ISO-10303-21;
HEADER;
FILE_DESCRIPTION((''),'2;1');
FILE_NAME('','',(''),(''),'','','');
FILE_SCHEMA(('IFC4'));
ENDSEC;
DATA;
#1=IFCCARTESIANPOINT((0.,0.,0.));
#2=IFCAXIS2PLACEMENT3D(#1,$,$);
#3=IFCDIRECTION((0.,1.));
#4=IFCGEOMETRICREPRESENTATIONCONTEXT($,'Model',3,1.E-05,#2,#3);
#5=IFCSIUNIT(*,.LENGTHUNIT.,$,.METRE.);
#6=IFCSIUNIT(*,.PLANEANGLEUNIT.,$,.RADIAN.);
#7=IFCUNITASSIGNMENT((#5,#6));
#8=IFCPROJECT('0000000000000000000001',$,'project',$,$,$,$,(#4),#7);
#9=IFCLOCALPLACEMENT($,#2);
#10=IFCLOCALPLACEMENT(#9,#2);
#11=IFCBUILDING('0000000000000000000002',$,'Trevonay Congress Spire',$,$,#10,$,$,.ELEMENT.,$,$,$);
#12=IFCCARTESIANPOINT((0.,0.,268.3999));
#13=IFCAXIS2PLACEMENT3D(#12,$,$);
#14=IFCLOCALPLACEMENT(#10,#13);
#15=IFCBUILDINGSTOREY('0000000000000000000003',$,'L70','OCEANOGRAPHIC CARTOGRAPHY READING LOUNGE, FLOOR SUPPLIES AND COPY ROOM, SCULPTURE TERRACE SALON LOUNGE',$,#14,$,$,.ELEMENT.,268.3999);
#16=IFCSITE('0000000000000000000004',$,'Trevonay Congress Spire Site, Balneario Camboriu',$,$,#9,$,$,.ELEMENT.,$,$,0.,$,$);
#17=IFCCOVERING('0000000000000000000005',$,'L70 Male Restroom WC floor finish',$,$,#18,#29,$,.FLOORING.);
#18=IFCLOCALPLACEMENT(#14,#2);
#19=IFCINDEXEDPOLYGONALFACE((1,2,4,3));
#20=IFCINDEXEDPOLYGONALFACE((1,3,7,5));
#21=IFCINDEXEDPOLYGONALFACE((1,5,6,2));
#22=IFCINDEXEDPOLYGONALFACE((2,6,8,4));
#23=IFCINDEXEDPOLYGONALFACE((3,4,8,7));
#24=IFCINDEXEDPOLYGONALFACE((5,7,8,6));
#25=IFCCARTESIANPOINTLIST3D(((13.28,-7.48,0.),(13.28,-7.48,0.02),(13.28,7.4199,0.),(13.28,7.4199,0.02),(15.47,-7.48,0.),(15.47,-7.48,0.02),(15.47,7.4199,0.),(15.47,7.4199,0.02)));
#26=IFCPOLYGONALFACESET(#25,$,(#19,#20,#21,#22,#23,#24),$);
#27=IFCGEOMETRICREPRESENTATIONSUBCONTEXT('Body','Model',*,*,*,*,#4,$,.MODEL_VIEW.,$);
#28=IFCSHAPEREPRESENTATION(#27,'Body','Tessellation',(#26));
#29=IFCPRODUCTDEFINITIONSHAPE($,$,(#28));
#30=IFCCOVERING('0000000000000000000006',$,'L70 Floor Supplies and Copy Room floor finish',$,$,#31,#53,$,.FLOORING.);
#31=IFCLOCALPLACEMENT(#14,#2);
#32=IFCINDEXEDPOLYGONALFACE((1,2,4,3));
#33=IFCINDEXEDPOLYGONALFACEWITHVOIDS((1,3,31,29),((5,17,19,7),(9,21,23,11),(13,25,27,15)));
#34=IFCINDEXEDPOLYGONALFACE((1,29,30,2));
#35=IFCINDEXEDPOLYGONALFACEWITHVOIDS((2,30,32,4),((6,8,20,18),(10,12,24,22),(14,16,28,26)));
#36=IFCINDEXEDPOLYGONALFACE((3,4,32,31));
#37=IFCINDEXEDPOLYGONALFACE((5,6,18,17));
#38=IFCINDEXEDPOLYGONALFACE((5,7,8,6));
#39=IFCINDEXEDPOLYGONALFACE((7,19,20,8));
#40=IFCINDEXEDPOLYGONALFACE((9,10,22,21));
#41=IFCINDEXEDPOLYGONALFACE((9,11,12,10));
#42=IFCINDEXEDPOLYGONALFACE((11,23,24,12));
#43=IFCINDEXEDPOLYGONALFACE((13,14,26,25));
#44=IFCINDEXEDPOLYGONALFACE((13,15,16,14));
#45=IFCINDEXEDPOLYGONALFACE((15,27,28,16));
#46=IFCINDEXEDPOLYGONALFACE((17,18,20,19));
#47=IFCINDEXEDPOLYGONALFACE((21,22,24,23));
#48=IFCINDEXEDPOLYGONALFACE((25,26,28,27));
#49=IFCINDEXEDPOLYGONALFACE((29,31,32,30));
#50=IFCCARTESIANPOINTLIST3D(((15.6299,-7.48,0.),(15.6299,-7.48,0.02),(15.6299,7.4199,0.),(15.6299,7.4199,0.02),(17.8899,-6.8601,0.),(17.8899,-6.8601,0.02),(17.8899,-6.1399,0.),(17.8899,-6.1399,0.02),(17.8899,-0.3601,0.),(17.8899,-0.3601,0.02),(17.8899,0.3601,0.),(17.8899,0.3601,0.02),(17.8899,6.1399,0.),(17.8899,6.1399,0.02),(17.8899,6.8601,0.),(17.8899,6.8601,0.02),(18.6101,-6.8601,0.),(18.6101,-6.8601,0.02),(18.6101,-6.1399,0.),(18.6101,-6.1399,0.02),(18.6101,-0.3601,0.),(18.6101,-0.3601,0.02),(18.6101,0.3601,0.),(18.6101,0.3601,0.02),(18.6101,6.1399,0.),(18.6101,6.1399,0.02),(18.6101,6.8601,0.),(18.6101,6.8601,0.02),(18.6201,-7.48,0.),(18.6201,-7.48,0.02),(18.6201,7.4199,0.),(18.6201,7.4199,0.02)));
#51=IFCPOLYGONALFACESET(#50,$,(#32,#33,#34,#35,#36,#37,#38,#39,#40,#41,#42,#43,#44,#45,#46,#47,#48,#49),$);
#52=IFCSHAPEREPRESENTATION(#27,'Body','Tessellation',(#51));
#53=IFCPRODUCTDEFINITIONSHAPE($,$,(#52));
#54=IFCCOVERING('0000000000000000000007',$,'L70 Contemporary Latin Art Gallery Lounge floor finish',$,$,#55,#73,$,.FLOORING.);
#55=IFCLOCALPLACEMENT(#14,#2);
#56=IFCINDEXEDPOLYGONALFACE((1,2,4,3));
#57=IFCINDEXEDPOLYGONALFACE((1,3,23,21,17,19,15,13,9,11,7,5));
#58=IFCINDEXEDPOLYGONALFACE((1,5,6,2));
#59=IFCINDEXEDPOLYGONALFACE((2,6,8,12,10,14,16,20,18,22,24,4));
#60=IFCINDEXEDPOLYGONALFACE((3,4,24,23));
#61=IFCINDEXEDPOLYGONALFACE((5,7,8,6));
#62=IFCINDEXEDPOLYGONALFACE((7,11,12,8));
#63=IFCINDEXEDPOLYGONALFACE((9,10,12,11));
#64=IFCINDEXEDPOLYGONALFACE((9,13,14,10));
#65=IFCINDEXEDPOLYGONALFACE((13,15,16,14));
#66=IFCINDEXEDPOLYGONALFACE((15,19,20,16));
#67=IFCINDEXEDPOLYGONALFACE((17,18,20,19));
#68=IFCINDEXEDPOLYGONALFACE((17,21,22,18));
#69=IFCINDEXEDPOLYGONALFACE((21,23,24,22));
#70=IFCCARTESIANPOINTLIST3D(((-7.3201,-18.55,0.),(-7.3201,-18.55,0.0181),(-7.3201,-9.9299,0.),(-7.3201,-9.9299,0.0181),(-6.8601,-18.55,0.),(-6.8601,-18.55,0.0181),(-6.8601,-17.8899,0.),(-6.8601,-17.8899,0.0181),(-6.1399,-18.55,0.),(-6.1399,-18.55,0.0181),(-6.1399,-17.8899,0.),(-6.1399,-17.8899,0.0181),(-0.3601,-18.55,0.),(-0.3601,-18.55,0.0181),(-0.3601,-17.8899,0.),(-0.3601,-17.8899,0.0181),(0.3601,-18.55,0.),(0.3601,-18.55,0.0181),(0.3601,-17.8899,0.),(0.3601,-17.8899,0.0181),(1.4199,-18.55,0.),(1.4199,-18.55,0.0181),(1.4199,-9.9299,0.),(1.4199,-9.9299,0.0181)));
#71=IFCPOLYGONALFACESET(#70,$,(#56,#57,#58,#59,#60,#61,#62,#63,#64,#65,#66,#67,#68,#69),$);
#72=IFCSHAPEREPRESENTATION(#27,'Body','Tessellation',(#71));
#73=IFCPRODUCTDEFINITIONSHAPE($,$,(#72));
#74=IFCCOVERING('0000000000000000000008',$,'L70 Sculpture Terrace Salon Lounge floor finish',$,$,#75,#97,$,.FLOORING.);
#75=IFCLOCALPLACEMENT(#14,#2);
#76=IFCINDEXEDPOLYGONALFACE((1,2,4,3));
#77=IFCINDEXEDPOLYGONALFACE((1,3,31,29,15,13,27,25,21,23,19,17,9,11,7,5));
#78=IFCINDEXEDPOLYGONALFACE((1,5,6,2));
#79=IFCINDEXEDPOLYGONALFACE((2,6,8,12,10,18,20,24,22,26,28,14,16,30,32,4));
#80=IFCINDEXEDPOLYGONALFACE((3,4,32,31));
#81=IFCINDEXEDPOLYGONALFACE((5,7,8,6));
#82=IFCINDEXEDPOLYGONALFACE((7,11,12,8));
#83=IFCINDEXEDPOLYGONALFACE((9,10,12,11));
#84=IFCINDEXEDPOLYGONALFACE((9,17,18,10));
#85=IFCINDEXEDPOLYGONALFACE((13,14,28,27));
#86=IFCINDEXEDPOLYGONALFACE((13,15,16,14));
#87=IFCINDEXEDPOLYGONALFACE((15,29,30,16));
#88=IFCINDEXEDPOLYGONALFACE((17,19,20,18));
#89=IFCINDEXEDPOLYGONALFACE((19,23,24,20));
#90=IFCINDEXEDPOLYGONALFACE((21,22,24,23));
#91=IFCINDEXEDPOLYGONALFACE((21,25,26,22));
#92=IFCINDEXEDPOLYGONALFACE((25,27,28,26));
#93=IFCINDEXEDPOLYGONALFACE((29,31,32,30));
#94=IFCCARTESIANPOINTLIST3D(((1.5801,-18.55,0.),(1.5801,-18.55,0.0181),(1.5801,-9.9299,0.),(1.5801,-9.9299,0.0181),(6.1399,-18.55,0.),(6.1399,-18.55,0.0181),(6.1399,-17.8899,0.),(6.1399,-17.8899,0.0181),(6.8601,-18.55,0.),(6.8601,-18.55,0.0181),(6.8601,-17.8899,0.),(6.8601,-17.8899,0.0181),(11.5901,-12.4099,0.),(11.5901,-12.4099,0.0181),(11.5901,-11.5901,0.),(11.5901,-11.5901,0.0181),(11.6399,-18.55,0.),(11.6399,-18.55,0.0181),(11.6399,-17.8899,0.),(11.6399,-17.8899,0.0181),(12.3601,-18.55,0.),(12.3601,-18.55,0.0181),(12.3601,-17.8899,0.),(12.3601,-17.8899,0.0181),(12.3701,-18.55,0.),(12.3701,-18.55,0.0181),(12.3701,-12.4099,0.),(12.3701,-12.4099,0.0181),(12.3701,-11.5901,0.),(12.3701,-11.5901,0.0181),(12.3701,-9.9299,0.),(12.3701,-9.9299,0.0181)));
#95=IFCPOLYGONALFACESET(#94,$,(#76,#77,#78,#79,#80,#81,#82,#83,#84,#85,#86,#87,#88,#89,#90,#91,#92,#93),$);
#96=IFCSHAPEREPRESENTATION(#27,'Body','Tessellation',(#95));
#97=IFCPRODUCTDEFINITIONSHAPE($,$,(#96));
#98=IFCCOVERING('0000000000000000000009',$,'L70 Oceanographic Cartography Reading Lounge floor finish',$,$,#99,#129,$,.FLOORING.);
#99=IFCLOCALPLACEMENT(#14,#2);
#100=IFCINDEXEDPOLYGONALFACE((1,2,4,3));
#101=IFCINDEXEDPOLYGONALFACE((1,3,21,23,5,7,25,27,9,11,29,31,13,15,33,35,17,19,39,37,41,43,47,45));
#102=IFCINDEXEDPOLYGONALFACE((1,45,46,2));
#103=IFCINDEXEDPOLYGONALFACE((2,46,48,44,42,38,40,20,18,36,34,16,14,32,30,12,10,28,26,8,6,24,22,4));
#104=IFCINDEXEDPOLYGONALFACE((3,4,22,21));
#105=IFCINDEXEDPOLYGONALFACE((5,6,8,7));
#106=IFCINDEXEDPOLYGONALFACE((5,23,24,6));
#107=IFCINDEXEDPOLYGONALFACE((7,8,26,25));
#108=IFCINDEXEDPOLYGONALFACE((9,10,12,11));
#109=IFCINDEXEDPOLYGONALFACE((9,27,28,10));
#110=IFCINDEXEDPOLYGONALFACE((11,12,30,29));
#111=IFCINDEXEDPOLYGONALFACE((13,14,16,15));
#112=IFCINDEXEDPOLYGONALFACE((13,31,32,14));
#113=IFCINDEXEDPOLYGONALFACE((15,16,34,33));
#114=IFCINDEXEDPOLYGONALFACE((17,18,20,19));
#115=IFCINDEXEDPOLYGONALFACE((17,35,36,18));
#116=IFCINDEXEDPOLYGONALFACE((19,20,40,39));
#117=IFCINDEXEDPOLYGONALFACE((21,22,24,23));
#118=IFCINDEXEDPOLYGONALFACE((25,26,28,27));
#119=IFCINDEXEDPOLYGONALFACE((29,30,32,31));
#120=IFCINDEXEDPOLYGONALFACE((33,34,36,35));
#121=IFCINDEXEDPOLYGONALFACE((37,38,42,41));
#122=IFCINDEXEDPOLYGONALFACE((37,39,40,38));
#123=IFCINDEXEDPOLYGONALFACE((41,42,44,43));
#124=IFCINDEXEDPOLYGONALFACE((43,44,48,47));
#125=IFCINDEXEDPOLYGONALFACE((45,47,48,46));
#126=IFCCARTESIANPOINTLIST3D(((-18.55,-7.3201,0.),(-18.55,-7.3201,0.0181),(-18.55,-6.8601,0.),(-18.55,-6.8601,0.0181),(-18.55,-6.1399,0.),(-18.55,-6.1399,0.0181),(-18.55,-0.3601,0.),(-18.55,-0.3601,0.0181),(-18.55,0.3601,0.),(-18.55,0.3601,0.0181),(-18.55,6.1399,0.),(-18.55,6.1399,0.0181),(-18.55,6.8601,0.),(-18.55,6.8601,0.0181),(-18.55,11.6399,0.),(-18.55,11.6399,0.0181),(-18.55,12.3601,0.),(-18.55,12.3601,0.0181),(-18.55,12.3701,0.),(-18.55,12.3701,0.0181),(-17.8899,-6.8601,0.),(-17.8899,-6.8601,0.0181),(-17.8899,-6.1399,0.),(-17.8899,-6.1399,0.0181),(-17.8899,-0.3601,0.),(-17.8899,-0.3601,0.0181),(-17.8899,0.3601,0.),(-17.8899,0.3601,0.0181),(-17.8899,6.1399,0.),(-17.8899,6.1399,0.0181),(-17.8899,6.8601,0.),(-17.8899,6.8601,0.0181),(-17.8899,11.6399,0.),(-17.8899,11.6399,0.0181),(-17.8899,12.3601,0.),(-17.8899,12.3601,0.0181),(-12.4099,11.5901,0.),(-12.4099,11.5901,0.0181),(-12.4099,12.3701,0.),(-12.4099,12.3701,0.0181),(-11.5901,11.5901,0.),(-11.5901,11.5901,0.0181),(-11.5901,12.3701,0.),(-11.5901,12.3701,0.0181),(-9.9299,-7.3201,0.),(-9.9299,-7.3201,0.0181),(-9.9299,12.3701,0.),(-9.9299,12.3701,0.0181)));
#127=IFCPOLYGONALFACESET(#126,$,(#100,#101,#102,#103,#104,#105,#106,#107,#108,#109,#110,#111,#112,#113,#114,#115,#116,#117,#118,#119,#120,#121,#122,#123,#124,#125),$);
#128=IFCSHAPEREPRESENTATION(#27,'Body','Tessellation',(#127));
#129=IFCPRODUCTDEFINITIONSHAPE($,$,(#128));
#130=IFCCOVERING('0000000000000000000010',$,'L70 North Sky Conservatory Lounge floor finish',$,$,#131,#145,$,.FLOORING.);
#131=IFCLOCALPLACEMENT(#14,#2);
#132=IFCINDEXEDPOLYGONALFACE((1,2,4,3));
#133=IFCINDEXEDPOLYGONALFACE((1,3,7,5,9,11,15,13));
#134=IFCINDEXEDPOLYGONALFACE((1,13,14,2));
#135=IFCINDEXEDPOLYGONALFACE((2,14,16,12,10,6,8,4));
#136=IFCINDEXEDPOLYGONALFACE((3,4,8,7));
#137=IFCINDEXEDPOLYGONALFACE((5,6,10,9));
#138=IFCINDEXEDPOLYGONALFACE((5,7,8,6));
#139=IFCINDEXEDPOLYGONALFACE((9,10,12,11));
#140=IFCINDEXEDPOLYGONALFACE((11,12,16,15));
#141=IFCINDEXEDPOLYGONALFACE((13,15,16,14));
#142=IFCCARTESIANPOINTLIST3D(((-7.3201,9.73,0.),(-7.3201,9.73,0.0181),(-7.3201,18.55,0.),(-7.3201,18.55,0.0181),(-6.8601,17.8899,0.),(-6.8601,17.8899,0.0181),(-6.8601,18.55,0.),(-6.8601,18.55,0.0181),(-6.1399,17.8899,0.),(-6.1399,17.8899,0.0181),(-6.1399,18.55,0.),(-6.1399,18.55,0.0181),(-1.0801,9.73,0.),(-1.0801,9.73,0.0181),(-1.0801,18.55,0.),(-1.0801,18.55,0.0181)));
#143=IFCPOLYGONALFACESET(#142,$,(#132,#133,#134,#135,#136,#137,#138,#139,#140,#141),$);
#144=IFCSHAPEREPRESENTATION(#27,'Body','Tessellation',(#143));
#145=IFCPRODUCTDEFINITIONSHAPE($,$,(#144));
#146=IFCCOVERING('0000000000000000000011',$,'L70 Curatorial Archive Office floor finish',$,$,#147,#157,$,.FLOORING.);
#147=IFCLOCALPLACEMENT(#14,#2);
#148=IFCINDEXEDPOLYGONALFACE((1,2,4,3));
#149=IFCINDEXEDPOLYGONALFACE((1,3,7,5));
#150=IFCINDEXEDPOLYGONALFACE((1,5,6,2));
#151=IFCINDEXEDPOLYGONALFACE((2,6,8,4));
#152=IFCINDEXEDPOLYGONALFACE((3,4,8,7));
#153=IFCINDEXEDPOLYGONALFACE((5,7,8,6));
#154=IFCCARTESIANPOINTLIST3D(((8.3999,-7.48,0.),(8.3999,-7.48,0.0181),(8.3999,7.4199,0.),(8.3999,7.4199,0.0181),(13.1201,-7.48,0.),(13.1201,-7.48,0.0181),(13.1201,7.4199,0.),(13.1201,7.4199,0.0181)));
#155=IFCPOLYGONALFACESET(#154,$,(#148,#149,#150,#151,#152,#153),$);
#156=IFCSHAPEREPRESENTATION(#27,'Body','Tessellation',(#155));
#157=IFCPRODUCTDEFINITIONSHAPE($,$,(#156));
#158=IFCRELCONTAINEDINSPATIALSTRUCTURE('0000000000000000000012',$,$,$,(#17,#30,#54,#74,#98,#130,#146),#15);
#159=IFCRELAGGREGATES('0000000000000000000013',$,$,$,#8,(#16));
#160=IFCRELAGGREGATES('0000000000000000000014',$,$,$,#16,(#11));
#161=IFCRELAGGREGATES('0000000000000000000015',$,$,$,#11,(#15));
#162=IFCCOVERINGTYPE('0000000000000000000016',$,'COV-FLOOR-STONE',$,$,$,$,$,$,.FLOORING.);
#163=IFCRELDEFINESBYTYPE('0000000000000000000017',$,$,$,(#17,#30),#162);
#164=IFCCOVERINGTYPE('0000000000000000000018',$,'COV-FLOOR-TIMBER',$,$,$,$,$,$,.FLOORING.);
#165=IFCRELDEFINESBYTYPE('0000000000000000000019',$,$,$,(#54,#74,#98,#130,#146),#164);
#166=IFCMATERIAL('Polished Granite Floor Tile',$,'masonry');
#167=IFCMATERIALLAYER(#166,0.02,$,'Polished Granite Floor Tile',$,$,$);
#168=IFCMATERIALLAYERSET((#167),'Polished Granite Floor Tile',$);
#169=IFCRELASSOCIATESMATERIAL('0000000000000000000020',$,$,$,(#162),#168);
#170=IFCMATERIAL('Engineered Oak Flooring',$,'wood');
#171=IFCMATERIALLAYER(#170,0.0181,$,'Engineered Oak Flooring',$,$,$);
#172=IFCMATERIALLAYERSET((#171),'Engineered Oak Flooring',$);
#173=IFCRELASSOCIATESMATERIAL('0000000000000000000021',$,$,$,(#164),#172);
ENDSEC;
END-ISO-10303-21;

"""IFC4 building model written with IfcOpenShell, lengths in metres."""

from ifc_helpers import new_model, si_unit, direction, frame, origin, place, context, subcontext, project, spatial, polyline, outline, extrude, material, layer, layer_set, type_object, element, save


model = new_model("IFC4")

# Units and contexts
model_context = context("Model", 3, precision=1e-05, world=origin(), true_north=direction((0.0, 1.0)))
body_context = subcontext(model_context, "Body", "Model", "MODEL_VIEW")
ifc_project = project(units=[si_unit("LENGTHUNIT", "METRE"), si_unit("PLANEANGLEUNIT", "RADIAN")], contexts=[model_context])

# Site, building, storey
site_placement = place(None, origin())
site = spatial("IfcSite", under=ifc_project, at=site_placement, Name="Trevonay Congress Spire Site, Balneario Camboriu", CompositionType="ELEMENT", RefElevation=0.0)
building_placement = place(site_placement, origin())
building = spatial("IfcBuilding", under=site, at=building_placement, Name="Trevonay Congress Spire", CompositionType="ELEMENT")
storey_placement = place(building_placement, frame((0.0, 0.0, 268.3999)))
storey = spatial("IfcBuildingStorey", under=building, at=storey_placement, Name="L70", Description="OCEANOGRAPHIC CARTOGRAPHY READING LOUNGE, FLOOR SUPPLIES AND COPY ROOM, SCULPTURE TERRACE SALON LOUNGE", CompositionType="ELEMENT", Elevation=268.3999)

# Coverings
ifc_material_1 = material(Name="Polished Granite Floor Tile", Category="masonry")
ifc_layer_1 = layer(ifc_material_1, 0.02, Name="Polished Granite Floor Tile")
ifc_layer_set_1 = layer_set([ifc_layer_1], Name="Polished Granite Floor Tile")
covering_type_1 = type_object("IfcCoveringType", Name="COV-FLOOR-STONE", PredefinedType="FLOORING", material=ifc_layer_set_1)
covering_1_placement = place(storey_placement, origin())
element("IfcCovering", 1, at=covering_1_placement, inside=storey, type_object=covering_type_1, Name="L70 Male Restroom WC floor finish", PredefinedType="FLOORING", context=body_context, shape_type="SweptSolid", body=[
    extrude(outline(polyline([(13.28, -7.48), (15.47, -7.48), (15.47, 7.4199), (13.28, 7.4199), (13.28, -7.48)])), origin(), (0.0, 0.0, 1.0), 0.02),
])
covering_2_placement = place(storey_placement, origin())
element("IfcCovering", 2, at=covering_2_placement, inside=storey, type_object=covering_type_1, Name="L70 Floor Supplies and Copy Room floor finish", PredefinedType="FLOORING", context=body_context, shape_type="SweptSolid", body=[
    extrude(outline(polyline([(15.6299, 7.4199), (18.6201, 7.4199), (18.6201, -7.48), (15.6299, -7.48), (15.6299, 7.4199)]), holes=[polyline([(17.8899, -6.8601), (18.6101, -6.8601), (18.6101, -6.1399), (17.8899, -6.1399), (17.8899, -6.8601)]), polyline([(17.8899, 0.3601), (17.8899, -0.3601), (18.6101, -0.3601), (18.6101, 0.3601), (17.8899, 0.3601)]), polyline([(17.8899, 6.8601), (17.8899, 6.1399), (18.6101, 6.1399), (18.6101, 6.8601), (17.8899, 6.8601)])]), origin(), (0.0, 0.0, 1.0), 0.02),
])
ifc_material_2 = material(Name="Engineered Oak Flooring", Category="wood")
ifc_layer_2 = layer(ifc_material_2, 0.0181, Name="Engineered Oak Flooring")
ifc_layer_set_2 = layer_set([ifc_layer_2], Name="Engineered Oak Flooring")
covering_type_2 = type_object("IfcCoveringType", Name="COV-FLOOR-TIMBER", PredefinedType="FLOORING", material=ifc_layer_set_2)
covering_3_placement = place(storey_placement, origin())
element("IfcCovering", 3, at=covering_3_placement, inside=storey, type_object=covering_type_2, Name="L70 Contemporary Latin Art Gallery Lounge floor finish", PredefinedType="FLOORING", context=body_context, shape_type="SweptSolid", body=[
    extrude(outline(polyline([(-7.3201, -18.55), (-7.3201, -9.9299), (1.4199, -9.9299), (1.4199, -18.55), (0.3601, -18.55), (0.3601, -17.8899), (-0.3601, -17.8899), (-0.3601, -18.55), (-6.1399, -18.55), (-6.1399, -17.8899), (-6.8601, -17.8899), (-6.8601, -18.55), (-7.3201, -18.55)])), origin(), (0.0, 0.0, 1.0), 0.0181),
])
covering_4_placement = place(storey_placement, origin())
element("IfcCovering", 4, at=covering_4_placement, inside=storey, type_object=covering_type_2, Name="L70 Sculpture Terrace Salon Lounge floor finish", PredefinedType="FLOORING", context=body_context, shape_type="SweptSolid", body=[
    extrude(outline(polyline([(1.5801, -18.55), (1.5801, -9.9299), (12.3701, -9.9299), (12.3701, -11.5901), (11.5901, -11.5901), (11.5901, -12.4099), (12.3701, -12.4099), (12.3701, -18.55), (12.3601, -18.55), (12.3601, -17.8899), (11.6399, -17.8899), (11.6399, -18.55), (6.8601, -18.55), (6.8601, -17.8899), (6.1399, -17.8899), (6.1399, -18.55), (1.5801, -18.55)])), origin(), (0.0, 0.0, 1.0), 0.0181),
])
covering_5_placement = place(storey_placement, origin())
element("IfcCovering", 5, at=covering_5_placement, inside=storey, type_object=covering_type_2, Name="L70 Oceanographic Cartography Reading Lounge floor finish", PredefinedType="FLOORING", context=body_context, shape_type="SweptSolid", body=[
    extrude(outline(polyline([(-9.9299, 12.3701), (-9.9299, -7.3201), (-18.55, -7.3201), (-18.55, -6.8601), (-17.8899, -6.8601), (-17.8899, -6.1399), (-18.55, -6.1399), (-18.55, -0.3601), (-17.8899, -0.3601), (-17.8899, 0.3601), (-18.55, 0.3601), (-18.55, 6.1399), (-17.8899, 6.1399), (-17.8899, 6.8601), (-18.55, 6.8601), (-18.55, 11.6399), (-17.8899, 11.6399), (-17.8899, 12.3601), (-18.55, 12.3601), (-18.55, 12.3701), (-12.4099, 12.3701), (-12.4099, 11.5901), (-11.5901, 11.5901), (-11.5901, 12.3701), (-9.9299, 12.3701)])), origin(), (0.0, 0.0, 1.0), 0.0181),
])
covering_6_placement = place(storey_placement, origin())
element("IfcCovering", 6, at=covering_6_placement, inside=storey, type_object=covering_type_2, Name="L70 North Sky Conservatory Lounge floor finish", PredefinedType="FLOORING", context=body_context, shape_type="SweptSolid", body=[
    extrude(outline(polyline([(-1.0801, 18.55), (-1.0801, 9.73), (-7.3201, 9.73), (-7.3201, 18.55), (-6.8601, 18.55), (-6.8601, 17.8899), (-6.1399, 17.8899), (-6.1399, 18.55), (-1.0801, 18.55)])), origin(), (0.0, 0.0, 1.0), 0.0181),
])
covering_7_placement = place(storey_placement, origin())
element("IfcCovering", 7, at=covering_7_placement, inside=storey, type_object=covering_type_2, Name="L70 Curatorial Archive Office floor finish", PredefinedType="FLOORING", context=body_context, shape_type="SweptSolid", body=[
    extrude(outline(polyline([(8.3999, -7.48), (13.1201, -7.48), (13.1201, 7.4199), (8.3999, 7.4199), (8.3999, -7.48)])), origin(), (0.0, 0.0, 1.0), 0.0181),
])

save(model, "model.ifc")
